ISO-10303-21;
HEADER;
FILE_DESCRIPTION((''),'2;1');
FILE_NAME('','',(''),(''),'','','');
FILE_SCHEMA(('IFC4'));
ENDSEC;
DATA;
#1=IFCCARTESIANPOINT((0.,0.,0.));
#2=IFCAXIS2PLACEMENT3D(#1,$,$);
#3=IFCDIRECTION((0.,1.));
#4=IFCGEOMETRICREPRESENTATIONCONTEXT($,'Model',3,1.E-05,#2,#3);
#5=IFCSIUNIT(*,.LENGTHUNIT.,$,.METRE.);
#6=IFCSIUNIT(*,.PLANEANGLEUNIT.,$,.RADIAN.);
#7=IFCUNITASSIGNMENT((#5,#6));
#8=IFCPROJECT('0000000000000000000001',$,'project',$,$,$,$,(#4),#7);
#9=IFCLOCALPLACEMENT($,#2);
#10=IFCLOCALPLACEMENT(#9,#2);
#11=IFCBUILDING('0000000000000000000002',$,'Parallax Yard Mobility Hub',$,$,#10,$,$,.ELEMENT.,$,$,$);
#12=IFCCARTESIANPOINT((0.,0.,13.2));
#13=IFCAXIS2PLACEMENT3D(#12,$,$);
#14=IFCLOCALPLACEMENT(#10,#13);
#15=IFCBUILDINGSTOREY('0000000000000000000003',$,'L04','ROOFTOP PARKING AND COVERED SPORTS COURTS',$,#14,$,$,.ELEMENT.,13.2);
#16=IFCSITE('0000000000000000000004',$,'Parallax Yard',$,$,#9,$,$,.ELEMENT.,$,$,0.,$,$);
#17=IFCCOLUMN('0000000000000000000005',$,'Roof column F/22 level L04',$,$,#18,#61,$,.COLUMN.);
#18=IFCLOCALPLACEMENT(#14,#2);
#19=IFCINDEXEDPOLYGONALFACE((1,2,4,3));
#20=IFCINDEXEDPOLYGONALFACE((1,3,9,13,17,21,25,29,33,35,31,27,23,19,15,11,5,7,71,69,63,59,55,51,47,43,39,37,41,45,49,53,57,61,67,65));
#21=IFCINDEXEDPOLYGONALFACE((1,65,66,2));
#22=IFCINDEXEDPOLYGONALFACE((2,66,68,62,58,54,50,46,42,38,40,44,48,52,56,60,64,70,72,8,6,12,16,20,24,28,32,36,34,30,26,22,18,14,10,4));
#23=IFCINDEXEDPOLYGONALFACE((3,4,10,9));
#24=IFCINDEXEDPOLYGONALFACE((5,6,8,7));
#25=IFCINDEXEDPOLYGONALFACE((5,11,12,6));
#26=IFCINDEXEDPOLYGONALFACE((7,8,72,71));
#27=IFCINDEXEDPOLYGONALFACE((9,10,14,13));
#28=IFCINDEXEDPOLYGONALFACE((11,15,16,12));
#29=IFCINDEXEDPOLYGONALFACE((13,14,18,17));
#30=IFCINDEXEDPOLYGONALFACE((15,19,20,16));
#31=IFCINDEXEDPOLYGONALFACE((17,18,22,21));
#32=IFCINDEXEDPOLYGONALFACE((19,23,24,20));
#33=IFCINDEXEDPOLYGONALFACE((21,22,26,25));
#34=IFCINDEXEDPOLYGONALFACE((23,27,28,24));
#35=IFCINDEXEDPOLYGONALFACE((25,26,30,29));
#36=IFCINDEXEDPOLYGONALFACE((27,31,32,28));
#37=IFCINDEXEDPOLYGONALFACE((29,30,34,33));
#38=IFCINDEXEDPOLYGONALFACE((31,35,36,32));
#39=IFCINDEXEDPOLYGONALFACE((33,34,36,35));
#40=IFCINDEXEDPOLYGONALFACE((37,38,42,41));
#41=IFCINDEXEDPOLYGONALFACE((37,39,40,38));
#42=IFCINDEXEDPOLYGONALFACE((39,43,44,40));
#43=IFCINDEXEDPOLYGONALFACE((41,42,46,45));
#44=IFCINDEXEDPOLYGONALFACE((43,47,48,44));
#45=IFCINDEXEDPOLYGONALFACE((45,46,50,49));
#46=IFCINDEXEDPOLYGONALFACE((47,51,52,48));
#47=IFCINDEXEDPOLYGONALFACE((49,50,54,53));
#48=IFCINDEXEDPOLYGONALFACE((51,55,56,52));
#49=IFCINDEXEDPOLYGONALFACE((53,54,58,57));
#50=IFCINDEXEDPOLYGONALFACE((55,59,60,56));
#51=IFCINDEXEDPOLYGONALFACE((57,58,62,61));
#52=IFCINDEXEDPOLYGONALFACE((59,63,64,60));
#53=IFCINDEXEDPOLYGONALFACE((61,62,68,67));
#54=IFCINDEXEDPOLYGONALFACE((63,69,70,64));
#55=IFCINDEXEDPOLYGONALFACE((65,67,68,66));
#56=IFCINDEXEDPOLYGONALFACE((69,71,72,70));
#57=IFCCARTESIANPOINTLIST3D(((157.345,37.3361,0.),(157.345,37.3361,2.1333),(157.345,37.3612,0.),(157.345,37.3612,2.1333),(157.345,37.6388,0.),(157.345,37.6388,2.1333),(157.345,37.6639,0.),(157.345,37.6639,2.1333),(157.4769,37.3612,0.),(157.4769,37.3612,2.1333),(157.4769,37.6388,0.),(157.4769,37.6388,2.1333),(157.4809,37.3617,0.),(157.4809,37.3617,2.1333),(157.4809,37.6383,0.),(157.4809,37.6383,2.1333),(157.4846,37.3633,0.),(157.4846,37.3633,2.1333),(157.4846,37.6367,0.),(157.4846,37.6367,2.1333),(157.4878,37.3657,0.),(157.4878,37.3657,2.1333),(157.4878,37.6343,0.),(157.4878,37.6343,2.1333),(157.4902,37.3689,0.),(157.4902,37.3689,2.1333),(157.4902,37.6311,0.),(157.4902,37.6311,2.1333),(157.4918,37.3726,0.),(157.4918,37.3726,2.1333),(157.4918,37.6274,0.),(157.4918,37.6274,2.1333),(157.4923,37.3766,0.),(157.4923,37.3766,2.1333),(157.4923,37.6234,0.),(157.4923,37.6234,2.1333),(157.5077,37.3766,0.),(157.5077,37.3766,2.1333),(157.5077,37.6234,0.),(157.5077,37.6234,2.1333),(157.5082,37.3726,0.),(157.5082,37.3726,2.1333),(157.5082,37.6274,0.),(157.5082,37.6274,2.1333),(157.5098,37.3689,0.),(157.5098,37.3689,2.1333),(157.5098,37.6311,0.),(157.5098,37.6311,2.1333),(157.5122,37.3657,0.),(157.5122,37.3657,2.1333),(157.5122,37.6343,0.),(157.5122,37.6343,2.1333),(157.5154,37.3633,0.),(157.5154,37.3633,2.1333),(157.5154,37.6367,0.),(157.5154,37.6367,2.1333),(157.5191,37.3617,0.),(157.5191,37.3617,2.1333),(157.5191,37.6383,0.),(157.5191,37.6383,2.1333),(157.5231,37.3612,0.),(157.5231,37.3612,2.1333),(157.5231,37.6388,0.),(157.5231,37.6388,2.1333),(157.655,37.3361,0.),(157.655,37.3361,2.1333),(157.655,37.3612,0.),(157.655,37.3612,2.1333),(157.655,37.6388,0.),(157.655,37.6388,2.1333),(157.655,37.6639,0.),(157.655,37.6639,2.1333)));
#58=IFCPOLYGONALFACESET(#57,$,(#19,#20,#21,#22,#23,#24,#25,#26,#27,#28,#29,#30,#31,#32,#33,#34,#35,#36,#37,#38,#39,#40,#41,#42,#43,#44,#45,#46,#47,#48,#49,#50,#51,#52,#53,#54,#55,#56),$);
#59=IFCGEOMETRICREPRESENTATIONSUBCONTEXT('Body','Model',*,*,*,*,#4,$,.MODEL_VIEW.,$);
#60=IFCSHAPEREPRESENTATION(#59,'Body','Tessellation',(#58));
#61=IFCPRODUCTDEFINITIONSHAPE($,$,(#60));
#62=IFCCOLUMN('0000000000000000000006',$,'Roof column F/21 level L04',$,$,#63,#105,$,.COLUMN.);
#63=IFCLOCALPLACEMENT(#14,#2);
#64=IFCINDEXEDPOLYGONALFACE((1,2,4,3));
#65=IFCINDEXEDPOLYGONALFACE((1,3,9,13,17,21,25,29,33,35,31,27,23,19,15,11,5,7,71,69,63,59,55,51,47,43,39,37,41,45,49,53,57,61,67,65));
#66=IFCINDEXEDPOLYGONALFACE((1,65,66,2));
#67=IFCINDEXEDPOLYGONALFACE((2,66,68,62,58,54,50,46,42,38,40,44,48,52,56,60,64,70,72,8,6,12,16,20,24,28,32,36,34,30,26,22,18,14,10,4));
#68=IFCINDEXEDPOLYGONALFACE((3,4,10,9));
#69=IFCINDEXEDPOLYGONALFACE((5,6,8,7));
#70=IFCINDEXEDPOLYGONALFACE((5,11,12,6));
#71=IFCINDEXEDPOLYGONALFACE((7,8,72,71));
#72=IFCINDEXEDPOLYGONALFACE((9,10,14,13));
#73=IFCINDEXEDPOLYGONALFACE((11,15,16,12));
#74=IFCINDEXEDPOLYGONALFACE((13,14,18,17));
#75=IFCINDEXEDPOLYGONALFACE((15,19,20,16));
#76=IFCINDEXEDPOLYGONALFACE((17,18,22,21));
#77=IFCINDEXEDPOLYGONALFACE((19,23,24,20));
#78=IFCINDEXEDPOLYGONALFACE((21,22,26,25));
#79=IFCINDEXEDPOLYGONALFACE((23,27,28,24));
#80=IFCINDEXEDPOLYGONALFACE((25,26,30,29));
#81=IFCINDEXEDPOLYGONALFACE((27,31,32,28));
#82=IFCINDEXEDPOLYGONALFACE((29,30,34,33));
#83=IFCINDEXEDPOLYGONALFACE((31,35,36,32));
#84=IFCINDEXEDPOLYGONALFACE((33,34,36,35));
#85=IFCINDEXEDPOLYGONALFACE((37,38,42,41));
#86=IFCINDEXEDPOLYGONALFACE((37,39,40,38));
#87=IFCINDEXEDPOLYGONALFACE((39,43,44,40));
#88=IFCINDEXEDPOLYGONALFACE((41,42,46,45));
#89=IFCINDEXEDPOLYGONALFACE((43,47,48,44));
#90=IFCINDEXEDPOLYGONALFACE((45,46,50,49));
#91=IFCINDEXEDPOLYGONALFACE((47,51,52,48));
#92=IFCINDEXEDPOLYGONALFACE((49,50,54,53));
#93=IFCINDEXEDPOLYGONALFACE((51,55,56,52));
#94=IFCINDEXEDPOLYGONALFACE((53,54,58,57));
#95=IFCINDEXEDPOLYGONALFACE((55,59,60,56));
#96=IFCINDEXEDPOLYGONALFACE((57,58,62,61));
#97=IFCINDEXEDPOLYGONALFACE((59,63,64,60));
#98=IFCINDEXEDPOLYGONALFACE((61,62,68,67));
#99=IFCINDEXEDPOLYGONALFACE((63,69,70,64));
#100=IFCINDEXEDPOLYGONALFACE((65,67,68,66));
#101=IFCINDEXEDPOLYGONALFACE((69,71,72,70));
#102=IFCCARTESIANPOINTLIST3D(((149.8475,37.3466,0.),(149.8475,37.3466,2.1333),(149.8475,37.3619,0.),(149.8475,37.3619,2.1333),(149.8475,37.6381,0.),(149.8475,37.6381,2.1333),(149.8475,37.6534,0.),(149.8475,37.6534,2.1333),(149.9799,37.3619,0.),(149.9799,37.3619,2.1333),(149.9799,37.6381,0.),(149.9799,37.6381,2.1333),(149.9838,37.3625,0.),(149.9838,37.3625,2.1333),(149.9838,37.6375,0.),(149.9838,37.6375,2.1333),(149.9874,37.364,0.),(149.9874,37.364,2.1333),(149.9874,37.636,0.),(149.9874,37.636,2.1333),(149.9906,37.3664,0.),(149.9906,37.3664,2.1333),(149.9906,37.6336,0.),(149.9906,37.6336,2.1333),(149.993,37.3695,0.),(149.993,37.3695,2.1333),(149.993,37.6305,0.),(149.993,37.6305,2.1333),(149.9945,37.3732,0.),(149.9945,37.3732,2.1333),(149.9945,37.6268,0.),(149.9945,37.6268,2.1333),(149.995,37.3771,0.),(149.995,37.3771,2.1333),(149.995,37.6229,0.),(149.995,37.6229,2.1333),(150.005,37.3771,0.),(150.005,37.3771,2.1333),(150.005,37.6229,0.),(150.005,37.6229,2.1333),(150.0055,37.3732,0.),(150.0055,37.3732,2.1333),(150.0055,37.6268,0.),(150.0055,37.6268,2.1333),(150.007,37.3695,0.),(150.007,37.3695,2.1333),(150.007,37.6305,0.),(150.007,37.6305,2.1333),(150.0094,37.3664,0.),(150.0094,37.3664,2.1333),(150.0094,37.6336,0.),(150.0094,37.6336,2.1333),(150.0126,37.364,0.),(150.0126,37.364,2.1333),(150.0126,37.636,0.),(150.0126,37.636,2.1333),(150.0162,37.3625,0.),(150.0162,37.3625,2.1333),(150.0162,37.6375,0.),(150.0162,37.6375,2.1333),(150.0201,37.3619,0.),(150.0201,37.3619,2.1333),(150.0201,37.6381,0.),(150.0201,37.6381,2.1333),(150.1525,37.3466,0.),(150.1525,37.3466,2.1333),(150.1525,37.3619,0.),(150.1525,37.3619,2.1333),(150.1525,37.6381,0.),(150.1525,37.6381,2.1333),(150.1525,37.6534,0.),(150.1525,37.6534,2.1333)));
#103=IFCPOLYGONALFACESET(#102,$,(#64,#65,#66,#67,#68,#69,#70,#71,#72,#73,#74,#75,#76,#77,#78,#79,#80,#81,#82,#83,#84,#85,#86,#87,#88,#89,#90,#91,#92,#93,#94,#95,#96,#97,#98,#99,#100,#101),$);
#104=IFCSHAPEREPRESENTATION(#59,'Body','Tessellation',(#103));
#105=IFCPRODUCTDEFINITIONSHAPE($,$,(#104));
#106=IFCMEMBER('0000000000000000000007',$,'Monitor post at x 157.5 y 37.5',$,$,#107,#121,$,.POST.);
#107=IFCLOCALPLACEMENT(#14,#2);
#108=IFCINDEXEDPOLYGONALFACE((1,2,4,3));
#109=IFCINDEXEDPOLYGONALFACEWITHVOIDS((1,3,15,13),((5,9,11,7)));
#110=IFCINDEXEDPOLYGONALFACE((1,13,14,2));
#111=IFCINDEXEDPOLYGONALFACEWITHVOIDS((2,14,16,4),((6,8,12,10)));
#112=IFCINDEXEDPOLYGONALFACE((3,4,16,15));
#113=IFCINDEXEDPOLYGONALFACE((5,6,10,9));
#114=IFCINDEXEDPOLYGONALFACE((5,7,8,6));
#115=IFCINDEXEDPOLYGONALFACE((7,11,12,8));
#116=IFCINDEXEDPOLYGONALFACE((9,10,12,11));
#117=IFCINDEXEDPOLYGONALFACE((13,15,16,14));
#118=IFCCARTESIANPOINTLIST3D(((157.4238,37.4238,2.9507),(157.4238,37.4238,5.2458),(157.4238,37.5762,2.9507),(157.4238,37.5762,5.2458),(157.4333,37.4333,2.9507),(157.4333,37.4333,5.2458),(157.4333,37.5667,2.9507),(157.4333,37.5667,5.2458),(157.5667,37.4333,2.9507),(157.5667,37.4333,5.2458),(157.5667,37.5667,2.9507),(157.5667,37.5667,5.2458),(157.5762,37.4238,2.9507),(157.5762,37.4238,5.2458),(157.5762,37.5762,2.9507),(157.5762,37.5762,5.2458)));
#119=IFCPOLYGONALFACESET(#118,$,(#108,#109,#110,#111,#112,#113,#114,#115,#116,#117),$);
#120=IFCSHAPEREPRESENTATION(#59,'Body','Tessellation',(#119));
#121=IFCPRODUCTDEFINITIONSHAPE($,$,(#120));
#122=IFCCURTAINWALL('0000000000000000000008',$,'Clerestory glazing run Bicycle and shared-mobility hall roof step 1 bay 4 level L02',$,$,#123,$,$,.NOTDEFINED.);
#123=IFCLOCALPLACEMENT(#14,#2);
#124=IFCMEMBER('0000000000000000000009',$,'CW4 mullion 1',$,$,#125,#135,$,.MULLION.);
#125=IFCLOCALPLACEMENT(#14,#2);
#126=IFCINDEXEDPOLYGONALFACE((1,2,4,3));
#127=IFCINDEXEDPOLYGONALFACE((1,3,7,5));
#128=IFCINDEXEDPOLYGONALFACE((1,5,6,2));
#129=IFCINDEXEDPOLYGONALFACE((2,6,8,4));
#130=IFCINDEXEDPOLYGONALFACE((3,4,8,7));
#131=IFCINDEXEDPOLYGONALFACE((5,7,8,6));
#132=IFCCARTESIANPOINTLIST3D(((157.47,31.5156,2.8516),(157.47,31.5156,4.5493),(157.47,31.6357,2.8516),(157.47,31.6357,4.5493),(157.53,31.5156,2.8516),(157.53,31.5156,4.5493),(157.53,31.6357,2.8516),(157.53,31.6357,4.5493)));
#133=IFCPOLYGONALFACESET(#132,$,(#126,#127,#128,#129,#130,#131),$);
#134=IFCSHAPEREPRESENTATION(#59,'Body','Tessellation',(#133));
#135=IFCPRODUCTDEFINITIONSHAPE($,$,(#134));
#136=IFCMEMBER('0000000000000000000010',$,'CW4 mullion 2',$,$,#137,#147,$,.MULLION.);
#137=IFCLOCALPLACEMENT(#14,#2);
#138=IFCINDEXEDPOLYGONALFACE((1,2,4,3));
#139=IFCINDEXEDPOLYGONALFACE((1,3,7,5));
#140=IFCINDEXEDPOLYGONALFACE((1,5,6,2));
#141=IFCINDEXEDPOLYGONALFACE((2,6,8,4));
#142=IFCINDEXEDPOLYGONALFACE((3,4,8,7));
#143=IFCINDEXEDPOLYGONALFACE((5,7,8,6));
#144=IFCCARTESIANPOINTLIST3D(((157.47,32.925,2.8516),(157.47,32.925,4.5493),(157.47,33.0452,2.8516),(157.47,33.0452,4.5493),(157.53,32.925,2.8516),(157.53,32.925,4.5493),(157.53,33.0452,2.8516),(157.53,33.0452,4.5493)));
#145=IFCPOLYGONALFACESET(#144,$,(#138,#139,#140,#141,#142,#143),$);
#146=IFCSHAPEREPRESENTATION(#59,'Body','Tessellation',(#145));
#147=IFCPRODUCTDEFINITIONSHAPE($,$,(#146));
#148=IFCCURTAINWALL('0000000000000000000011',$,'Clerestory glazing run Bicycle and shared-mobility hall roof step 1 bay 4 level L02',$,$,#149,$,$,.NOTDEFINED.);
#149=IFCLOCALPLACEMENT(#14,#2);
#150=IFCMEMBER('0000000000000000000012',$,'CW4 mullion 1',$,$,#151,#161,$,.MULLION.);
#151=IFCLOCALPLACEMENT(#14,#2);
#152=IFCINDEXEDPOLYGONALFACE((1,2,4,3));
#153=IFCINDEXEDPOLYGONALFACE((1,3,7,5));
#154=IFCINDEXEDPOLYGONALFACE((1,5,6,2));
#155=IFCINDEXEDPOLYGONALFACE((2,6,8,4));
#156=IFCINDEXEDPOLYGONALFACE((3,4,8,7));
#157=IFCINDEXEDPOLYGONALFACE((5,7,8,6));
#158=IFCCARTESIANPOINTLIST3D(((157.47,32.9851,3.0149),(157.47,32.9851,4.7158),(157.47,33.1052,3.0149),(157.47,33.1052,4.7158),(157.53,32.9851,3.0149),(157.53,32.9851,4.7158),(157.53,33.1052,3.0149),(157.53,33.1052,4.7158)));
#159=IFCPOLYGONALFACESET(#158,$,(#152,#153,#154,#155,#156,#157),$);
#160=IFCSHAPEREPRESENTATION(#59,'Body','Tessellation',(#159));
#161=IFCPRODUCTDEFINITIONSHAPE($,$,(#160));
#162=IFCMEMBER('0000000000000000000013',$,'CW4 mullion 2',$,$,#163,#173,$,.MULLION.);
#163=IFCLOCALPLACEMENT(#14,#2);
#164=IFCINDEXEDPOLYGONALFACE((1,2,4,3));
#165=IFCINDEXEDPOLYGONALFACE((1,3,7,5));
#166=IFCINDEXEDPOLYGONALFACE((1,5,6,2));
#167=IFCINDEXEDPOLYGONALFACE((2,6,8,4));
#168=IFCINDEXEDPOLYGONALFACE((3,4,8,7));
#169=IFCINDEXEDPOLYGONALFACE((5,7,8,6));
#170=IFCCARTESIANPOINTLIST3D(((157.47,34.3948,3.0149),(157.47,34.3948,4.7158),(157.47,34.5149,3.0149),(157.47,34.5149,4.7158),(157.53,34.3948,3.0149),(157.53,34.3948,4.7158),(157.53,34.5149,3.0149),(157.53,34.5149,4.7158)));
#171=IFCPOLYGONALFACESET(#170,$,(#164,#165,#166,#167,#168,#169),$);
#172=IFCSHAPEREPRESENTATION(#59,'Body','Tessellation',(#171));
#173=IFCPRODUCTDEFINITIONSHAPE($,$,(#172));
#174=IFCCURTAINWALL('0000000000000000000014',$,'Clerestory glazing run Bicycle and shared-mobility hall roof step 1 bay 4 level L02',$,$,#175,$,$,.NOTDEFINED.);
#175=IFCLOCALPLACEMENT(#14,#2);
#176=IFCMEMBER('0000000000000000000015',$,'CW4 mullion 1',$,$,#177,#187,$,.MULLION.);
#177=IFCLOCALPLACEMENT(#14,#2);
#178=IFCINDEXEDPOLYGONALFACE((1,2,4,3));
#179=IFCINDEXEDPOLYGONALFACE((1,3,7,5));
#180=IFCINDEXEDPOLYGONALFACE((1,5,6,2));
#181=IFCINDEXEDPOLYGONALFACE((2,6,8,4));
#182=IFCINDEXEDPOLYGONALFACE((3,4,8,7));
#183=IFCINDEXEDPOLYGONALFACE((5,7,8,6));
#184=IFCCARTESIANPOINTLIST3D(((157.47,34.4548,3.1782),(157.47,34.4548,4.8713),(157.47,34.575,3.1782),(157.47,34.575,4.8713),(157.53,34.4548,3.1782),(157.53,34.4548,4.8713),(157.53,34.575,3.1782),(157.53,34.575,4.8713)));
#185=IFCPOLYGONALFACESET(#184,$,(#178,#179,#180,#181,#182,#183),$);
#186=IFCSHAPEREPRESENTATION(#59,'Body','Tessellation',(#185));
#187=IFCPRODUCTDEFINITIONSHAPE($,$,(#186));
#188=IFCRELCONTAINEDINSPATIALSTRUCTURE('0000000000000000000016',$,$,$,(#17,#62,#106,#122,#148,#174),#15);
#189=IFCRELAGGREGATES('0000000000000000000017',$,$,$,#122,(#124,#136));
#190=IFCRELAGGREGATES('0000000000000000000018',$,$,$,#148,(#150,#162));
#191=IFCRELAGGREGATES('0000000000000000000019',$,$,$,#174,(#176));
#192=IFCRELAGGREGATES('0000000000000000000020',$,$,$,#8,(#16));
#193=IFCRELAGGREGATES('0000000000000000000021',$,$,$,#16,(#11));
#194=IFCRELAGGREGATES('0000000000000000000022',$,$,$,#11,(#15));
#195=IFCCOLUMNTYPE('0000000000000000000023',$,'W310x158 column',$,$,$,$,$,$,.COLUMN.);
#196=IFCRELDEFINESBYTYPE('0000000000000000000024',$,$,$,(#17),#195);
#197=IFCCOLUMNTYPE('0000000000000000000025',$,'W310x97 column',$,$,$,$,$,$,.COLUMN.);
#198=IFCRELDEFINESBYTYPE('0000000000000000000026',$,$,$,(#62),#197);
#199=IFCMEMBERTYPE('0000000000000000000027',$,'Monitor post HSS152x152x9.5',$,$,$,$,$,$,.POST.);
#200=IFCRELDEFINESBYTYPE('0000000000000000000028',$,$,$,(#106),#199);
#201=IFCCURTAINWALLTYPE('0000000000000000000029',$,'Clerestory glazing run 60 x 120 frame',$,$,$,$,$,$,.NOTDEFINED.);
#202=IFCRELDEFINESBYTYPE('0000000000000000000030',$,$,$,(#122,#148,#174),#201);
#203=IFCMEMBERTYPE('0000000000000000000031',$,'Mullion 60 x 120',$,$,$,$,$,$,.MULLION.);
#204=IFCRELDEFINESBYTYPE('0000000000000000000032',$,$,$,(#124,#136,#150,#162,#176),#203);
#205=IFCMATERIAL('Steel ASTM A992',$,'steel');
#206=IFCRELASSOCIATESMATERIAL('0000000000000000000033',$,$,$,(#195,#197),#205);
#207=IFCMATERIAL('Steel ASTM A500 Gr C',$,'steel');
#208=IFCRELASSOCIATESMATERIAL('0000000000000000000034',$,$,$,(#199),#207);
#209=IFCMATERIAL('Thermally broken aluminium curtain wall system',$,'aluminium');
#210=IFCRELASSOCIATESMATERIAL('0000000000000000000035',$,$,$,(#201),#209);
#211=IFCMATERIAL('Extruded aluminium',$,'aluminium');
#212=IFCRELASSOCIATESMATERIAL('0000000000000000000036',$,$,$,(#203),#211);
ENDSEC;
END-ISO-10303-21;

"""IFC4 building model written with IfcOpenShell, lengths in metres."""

from ifc_helpers import new_model, si_unit, direction, frame, origin, origin_2d, place, context, subcontext, project, spatial, rectangle, hollow_rectangle, i_section, extrude, material, material_profile, profile_set, type_object, element, aggregate, save


model = new_model("IFC4")

# Units and contexts
model_context = context("Model", 3, precision=1e-05, world=origin(), true_north=direction((0.0, 1.0)))
body_context = subcontext(model_context, "Body", "Model", "MODEL_VIEW")
ifc_project = project(units=[si_unit("LENGTHUNIT", "METRE"), si_unit("PLANEANGLEUNIT", "RADIAN")], contexts=[model_context])

# Site, building, storey
site_placement = place(None, origin())
site = spatial("IfcSite", under=ifc_project, at=site_placement, Name="Parallax Yard", CompositionType="ELEMENT", RefElevation=0.0)
building_placement = place(site_placement, origin())
building = spatial("IfcBuilding", under=site, at=building_placement, Name="Parallax Yard Mobility Hub", CompositionType="ELEMENT")
storey_placement = place(building_placement, frame((0.0, 0.0, 13.2)))
storey = spatial("IfcBuildingStorey", under=building, at=storey_placement, Name="L04", Description="ROOFTOP PARKING AND COVERED SPORTS COURTS", CompositionType="ELEMENT", Elevation=13.2)

# Columns
ifc_material_1 = material(Name="Steel ASTM A992", Category="steel")
ifc_material_profile_1 = material_profile(ifc_material_1, i_section(OverallWidth=0.3101, OverallDepth=0.3279, WebThickness=0.0154, FlangeThickness=0.0251, FilletRadius=0.0154, at=origin_2d()), Name="W310x158")
ifc_profile_set_1 = profile_set([ifc_material_profile_1], Name="Steel ASTM A992")
column_type_1 = type_object("IfcColumnType", Name="W310x158 column", PredefinedType="COLUMN", material=ifc_profile_set_1)
column_1_placement = place(storey_placement, frame((157.5, 37.5, 0.0), z_axis=(0.0, 0.0, 1.0), x_axis=(1.0, 0.0, 0.0)))
element("IfcColumn", 1, at=column_1_placement, inside=storey, type_object=column_type_1, Name="Roof column F/22 level L04", PredefinedType="COLUMN", context=body_context, shape_type="SweptSolid", body=[
    extrude(i_section(OverallWidth=0.3101, OverallDepth=0.3279, WebThickness=0.0154, FlangeThickness=0.0251, FilletRadius=0.0154, at=origin_2d()), origin(), (0.0, 0.0, 1.0), 2.1333),
])
ifc_material_profile_2 = material_profile(ifc_material_1, i_section(OverallWidth=0.3049, OverallDepth=0.3069, WebThickness=0.01, FlangeThickness=0.0154, FilletRadius=0.0151, at=origin_2d()), Name="W310x97")
ifc_profile_set_2 = profile_set([ifc_material_profile_2], Name="Steel ASTM A992")
column_type_2 = type_object("IfcColumnType", Name="W310x97 column", PredefinedType="COLUMN", material=ifc_profile_set_2)
column_2_placement = place(storey_placement, frame((150.0, 37.5, 0.0), z_axis=(0.0, 0.0, 1.0), x_axis=(1.0, 0.0, 0.0)))
element("IfcColumn", 2, at=column_2_placement, inside=storey, type_object=column_type_2, Name="Roof column F/21 level L04", PredefinedType="COLUMN", context=body_context, shape_type="SweptSolid", body=[
    extrude(i_section(OverallWidth=0.3049, OverallDepth=0.3069, WebThickness=0.01, FlangeThickness=0.0154, FilletRadius=0.0151, at=origin_2d()), origin(), (0.0, 0.0, 1.0), 2.1333),
])

# Member
ifc_material_2 = material(Name="Steel ASTM A500 Gr C", Category="steel")
ifc_material_profile_3 = material_profile(ifc_material_2, hollow_rectangle(XDim=0.1523, YDim=0.1523, WallThickness=0.0095, at=origin_2d()), Name="HSS152x152x9.5")
ifc_profile_set_3 = profile_set([ifc_material_profile_3], Name="Steel ASTM A500 Gr C")
member_type_1 = type_object("IfcMemberType", Name="Monitor post HSS152x152x9.5", PredefinedType="POST", material=ifc_profile_set_3)
member_1_placement = place(storey_placement, frame((157.5, 37.5, 2.9507), z_axis=(0.0, 0.0, 1.0), x_axis=(1.0, 0.0, 0.0)))
element("IfcMember", 3, at=member_1_placement, inside=storey, type_object=member_type_1, Name="Monitor post at x 157.5 y 37.5", PredefinedType="POST", context=body_context, shape_type="SweptSolid", body=[
    extrude(hollow_rectangle(XDim=0.1523, YDim=0.1523, WallThickness=0.0095, at=origin_2d()), origin(), (0.0, 0.0, 1.0), 2.2952),
])

# Curtain walls, members
ifc_material_3 = material(Name="Thermally broken aluminium curtain wall system", Category="aluminium")
curtain_wall_type = type_object("IfcCurtainWallType", Name="Clerestory glazing run 60 x 120 frame", PredefinedType="NOTDEFINED", material=ifc_material_3)
curtain_wall_1_placement = place(storey_placement, origin())
curtain_wall_1 = element("IfcCurtainWall", 4, at=curtain_wall_1_placement, inside=storey, type_object=curtain_wall_type, Name="Clerestory glazing run Bicycle and shared-mobility hall roof step 1 bay 4 level L02", PredefinedType="NOTDEFINED")
ifc_material_4 = material(Name="Extruded aluminium", Category="aluminium")
ifc_material_profile_4 = material_profile(ifc_material_4, rectangle(XDim=0.0601, YDim=0.1201, at=origin_2d()), Name="Mullion 60 x 120")
ifc_profile_set_4 = profile_set([ifc_material_profile_4], Name="Extruded aluminium")
member_type_2 = type_object("IfcMemberType", Name="Mullion 60 x 120", PredefinedType="MULLION", material=ifc_profile_set_4)
member_2_placement = place(storey_placement, frame((157.5, 31.5757, 2.8516), z_axis=(0.0, 0.0, 1.0), x_axis=(-1.0, 0.0, 0.0)))
member_2 = element("IfcMember", 5, at=member_2_placement, type_object=member_type_2, Name="CW4 mullion 1", PredefinedType="MULLION", context=body_context, shape_type="SweptSolid", body=[
    extrude(rectangle(XDim=0.0601, YDim=0.1201, at=origin_2d()), origin(), (0.0, 0.0, 1.0), 1.6978),
])
member_3_placement = place(storey_placement, frame((157.5, 32.9851, 2.8516), z_axis=(0.0, 0.0, 1.0), x_axis=(-1.0, 0.0, 0.0)))
member_3 = element("IfcMember", 6, at=member_3_placement, type_object=member_type_2, Name="CW4 mullion 2", PredefinedType="MULLION", context=body_context, shape_type="SweptSolid", body=[
    extrude(rectangle(XDim=0.0601, YDim=0.1201, at=origin_2d()), origin(), (0.0, 0.0, 1.0), 1.6978),
])
curtain_wall_2_placement = place(storey_placement, origin())
curtain_wall_2 = element("IfcCurtainWall", 7, at=curtain_wall_2_placement, inside=storey, type_object=curtain_wall_type, Name="Clerestory glazing run Bicycle and shared-mobility hall roof step 1 bay 4 level L02", PredefinedType="NOTDEFINED")
member_4_placement = place(storey_placement, frame((157.5, 33.0452, 3.0149), z_axis=(0.0, 0.0, 1.0), x_axis=(-1.0, 0.0, 0.0)))
member_4 = element("IfcMember", 8, at=member_4_placement, type_object=member_type_2, Name="CW4 mullion 1", PredefinedType="MULLION", context=body_context, shape_type="SweptSolid", body=[
    extrude(rectangle(XDim=0.0601, YDim=0.1201, at=origin_2d()), origin(), (0.0, 0.0, 1.0), 1.7009),
])
member_5_placement = place(storey_placement, frame((157.5, 34.4548, 3.0149), z_axis=(0.0, 0.0, 1.0), x_axis=(-1.0, 0.0, 0.0)))
member_5 = element("IfcMember", 9, at=member_5_placement, type_object=member_type_2, Name="CW4 mullion 2", PredefinedType="MULLION", context=body_context, shape_type="SweptSolid", body=[
    extrude(rectangle(XDim=0.0601, YDim=0.1201, at=origin_2d()), origin(), (0.0, 0.0, 1.0), 1.7009),
])
curtain_wall_3_placement = place(storey_placement, origin())
curtain_wall_3 = element("IfcCurtainWall", 10, at=curtain_wall_3_placement, inside=storey, type_object=curtain_wall_type, Name="Clerestory glazing run Bicycle and shared-mobility hall roof step 1 bay 4 level L02", PredefinedType="NOTDEFINED")
member_6_placement = place(storey_placement, frame((157.5, 34.5149, 3.1782), z_axis=(0.0, 0.0, 1.0), x_axis=(-1.0, 0.0, 0.0)))
member_6 = element("IfcMember", 11, at=member_6_placement, type_object=member_type_2, Name="CW4 mullion 1", PredefinedType="MULLION", context=body_context, shape_type="SweptSolid", body=[
    extrude(rectangle(XDim=0.0601, YDim=0.1201, at=origin_2d()), origin(), (0.0, 0.0, 1.0), 1.6931),
])

aggregate(curtain_wall_1, [member_2, member_3])
aggregate(curtain_wall_2, [member_4, member_5])
aggregate(curtain_wall_3, [member_6])

save(model, "model.ifc")
